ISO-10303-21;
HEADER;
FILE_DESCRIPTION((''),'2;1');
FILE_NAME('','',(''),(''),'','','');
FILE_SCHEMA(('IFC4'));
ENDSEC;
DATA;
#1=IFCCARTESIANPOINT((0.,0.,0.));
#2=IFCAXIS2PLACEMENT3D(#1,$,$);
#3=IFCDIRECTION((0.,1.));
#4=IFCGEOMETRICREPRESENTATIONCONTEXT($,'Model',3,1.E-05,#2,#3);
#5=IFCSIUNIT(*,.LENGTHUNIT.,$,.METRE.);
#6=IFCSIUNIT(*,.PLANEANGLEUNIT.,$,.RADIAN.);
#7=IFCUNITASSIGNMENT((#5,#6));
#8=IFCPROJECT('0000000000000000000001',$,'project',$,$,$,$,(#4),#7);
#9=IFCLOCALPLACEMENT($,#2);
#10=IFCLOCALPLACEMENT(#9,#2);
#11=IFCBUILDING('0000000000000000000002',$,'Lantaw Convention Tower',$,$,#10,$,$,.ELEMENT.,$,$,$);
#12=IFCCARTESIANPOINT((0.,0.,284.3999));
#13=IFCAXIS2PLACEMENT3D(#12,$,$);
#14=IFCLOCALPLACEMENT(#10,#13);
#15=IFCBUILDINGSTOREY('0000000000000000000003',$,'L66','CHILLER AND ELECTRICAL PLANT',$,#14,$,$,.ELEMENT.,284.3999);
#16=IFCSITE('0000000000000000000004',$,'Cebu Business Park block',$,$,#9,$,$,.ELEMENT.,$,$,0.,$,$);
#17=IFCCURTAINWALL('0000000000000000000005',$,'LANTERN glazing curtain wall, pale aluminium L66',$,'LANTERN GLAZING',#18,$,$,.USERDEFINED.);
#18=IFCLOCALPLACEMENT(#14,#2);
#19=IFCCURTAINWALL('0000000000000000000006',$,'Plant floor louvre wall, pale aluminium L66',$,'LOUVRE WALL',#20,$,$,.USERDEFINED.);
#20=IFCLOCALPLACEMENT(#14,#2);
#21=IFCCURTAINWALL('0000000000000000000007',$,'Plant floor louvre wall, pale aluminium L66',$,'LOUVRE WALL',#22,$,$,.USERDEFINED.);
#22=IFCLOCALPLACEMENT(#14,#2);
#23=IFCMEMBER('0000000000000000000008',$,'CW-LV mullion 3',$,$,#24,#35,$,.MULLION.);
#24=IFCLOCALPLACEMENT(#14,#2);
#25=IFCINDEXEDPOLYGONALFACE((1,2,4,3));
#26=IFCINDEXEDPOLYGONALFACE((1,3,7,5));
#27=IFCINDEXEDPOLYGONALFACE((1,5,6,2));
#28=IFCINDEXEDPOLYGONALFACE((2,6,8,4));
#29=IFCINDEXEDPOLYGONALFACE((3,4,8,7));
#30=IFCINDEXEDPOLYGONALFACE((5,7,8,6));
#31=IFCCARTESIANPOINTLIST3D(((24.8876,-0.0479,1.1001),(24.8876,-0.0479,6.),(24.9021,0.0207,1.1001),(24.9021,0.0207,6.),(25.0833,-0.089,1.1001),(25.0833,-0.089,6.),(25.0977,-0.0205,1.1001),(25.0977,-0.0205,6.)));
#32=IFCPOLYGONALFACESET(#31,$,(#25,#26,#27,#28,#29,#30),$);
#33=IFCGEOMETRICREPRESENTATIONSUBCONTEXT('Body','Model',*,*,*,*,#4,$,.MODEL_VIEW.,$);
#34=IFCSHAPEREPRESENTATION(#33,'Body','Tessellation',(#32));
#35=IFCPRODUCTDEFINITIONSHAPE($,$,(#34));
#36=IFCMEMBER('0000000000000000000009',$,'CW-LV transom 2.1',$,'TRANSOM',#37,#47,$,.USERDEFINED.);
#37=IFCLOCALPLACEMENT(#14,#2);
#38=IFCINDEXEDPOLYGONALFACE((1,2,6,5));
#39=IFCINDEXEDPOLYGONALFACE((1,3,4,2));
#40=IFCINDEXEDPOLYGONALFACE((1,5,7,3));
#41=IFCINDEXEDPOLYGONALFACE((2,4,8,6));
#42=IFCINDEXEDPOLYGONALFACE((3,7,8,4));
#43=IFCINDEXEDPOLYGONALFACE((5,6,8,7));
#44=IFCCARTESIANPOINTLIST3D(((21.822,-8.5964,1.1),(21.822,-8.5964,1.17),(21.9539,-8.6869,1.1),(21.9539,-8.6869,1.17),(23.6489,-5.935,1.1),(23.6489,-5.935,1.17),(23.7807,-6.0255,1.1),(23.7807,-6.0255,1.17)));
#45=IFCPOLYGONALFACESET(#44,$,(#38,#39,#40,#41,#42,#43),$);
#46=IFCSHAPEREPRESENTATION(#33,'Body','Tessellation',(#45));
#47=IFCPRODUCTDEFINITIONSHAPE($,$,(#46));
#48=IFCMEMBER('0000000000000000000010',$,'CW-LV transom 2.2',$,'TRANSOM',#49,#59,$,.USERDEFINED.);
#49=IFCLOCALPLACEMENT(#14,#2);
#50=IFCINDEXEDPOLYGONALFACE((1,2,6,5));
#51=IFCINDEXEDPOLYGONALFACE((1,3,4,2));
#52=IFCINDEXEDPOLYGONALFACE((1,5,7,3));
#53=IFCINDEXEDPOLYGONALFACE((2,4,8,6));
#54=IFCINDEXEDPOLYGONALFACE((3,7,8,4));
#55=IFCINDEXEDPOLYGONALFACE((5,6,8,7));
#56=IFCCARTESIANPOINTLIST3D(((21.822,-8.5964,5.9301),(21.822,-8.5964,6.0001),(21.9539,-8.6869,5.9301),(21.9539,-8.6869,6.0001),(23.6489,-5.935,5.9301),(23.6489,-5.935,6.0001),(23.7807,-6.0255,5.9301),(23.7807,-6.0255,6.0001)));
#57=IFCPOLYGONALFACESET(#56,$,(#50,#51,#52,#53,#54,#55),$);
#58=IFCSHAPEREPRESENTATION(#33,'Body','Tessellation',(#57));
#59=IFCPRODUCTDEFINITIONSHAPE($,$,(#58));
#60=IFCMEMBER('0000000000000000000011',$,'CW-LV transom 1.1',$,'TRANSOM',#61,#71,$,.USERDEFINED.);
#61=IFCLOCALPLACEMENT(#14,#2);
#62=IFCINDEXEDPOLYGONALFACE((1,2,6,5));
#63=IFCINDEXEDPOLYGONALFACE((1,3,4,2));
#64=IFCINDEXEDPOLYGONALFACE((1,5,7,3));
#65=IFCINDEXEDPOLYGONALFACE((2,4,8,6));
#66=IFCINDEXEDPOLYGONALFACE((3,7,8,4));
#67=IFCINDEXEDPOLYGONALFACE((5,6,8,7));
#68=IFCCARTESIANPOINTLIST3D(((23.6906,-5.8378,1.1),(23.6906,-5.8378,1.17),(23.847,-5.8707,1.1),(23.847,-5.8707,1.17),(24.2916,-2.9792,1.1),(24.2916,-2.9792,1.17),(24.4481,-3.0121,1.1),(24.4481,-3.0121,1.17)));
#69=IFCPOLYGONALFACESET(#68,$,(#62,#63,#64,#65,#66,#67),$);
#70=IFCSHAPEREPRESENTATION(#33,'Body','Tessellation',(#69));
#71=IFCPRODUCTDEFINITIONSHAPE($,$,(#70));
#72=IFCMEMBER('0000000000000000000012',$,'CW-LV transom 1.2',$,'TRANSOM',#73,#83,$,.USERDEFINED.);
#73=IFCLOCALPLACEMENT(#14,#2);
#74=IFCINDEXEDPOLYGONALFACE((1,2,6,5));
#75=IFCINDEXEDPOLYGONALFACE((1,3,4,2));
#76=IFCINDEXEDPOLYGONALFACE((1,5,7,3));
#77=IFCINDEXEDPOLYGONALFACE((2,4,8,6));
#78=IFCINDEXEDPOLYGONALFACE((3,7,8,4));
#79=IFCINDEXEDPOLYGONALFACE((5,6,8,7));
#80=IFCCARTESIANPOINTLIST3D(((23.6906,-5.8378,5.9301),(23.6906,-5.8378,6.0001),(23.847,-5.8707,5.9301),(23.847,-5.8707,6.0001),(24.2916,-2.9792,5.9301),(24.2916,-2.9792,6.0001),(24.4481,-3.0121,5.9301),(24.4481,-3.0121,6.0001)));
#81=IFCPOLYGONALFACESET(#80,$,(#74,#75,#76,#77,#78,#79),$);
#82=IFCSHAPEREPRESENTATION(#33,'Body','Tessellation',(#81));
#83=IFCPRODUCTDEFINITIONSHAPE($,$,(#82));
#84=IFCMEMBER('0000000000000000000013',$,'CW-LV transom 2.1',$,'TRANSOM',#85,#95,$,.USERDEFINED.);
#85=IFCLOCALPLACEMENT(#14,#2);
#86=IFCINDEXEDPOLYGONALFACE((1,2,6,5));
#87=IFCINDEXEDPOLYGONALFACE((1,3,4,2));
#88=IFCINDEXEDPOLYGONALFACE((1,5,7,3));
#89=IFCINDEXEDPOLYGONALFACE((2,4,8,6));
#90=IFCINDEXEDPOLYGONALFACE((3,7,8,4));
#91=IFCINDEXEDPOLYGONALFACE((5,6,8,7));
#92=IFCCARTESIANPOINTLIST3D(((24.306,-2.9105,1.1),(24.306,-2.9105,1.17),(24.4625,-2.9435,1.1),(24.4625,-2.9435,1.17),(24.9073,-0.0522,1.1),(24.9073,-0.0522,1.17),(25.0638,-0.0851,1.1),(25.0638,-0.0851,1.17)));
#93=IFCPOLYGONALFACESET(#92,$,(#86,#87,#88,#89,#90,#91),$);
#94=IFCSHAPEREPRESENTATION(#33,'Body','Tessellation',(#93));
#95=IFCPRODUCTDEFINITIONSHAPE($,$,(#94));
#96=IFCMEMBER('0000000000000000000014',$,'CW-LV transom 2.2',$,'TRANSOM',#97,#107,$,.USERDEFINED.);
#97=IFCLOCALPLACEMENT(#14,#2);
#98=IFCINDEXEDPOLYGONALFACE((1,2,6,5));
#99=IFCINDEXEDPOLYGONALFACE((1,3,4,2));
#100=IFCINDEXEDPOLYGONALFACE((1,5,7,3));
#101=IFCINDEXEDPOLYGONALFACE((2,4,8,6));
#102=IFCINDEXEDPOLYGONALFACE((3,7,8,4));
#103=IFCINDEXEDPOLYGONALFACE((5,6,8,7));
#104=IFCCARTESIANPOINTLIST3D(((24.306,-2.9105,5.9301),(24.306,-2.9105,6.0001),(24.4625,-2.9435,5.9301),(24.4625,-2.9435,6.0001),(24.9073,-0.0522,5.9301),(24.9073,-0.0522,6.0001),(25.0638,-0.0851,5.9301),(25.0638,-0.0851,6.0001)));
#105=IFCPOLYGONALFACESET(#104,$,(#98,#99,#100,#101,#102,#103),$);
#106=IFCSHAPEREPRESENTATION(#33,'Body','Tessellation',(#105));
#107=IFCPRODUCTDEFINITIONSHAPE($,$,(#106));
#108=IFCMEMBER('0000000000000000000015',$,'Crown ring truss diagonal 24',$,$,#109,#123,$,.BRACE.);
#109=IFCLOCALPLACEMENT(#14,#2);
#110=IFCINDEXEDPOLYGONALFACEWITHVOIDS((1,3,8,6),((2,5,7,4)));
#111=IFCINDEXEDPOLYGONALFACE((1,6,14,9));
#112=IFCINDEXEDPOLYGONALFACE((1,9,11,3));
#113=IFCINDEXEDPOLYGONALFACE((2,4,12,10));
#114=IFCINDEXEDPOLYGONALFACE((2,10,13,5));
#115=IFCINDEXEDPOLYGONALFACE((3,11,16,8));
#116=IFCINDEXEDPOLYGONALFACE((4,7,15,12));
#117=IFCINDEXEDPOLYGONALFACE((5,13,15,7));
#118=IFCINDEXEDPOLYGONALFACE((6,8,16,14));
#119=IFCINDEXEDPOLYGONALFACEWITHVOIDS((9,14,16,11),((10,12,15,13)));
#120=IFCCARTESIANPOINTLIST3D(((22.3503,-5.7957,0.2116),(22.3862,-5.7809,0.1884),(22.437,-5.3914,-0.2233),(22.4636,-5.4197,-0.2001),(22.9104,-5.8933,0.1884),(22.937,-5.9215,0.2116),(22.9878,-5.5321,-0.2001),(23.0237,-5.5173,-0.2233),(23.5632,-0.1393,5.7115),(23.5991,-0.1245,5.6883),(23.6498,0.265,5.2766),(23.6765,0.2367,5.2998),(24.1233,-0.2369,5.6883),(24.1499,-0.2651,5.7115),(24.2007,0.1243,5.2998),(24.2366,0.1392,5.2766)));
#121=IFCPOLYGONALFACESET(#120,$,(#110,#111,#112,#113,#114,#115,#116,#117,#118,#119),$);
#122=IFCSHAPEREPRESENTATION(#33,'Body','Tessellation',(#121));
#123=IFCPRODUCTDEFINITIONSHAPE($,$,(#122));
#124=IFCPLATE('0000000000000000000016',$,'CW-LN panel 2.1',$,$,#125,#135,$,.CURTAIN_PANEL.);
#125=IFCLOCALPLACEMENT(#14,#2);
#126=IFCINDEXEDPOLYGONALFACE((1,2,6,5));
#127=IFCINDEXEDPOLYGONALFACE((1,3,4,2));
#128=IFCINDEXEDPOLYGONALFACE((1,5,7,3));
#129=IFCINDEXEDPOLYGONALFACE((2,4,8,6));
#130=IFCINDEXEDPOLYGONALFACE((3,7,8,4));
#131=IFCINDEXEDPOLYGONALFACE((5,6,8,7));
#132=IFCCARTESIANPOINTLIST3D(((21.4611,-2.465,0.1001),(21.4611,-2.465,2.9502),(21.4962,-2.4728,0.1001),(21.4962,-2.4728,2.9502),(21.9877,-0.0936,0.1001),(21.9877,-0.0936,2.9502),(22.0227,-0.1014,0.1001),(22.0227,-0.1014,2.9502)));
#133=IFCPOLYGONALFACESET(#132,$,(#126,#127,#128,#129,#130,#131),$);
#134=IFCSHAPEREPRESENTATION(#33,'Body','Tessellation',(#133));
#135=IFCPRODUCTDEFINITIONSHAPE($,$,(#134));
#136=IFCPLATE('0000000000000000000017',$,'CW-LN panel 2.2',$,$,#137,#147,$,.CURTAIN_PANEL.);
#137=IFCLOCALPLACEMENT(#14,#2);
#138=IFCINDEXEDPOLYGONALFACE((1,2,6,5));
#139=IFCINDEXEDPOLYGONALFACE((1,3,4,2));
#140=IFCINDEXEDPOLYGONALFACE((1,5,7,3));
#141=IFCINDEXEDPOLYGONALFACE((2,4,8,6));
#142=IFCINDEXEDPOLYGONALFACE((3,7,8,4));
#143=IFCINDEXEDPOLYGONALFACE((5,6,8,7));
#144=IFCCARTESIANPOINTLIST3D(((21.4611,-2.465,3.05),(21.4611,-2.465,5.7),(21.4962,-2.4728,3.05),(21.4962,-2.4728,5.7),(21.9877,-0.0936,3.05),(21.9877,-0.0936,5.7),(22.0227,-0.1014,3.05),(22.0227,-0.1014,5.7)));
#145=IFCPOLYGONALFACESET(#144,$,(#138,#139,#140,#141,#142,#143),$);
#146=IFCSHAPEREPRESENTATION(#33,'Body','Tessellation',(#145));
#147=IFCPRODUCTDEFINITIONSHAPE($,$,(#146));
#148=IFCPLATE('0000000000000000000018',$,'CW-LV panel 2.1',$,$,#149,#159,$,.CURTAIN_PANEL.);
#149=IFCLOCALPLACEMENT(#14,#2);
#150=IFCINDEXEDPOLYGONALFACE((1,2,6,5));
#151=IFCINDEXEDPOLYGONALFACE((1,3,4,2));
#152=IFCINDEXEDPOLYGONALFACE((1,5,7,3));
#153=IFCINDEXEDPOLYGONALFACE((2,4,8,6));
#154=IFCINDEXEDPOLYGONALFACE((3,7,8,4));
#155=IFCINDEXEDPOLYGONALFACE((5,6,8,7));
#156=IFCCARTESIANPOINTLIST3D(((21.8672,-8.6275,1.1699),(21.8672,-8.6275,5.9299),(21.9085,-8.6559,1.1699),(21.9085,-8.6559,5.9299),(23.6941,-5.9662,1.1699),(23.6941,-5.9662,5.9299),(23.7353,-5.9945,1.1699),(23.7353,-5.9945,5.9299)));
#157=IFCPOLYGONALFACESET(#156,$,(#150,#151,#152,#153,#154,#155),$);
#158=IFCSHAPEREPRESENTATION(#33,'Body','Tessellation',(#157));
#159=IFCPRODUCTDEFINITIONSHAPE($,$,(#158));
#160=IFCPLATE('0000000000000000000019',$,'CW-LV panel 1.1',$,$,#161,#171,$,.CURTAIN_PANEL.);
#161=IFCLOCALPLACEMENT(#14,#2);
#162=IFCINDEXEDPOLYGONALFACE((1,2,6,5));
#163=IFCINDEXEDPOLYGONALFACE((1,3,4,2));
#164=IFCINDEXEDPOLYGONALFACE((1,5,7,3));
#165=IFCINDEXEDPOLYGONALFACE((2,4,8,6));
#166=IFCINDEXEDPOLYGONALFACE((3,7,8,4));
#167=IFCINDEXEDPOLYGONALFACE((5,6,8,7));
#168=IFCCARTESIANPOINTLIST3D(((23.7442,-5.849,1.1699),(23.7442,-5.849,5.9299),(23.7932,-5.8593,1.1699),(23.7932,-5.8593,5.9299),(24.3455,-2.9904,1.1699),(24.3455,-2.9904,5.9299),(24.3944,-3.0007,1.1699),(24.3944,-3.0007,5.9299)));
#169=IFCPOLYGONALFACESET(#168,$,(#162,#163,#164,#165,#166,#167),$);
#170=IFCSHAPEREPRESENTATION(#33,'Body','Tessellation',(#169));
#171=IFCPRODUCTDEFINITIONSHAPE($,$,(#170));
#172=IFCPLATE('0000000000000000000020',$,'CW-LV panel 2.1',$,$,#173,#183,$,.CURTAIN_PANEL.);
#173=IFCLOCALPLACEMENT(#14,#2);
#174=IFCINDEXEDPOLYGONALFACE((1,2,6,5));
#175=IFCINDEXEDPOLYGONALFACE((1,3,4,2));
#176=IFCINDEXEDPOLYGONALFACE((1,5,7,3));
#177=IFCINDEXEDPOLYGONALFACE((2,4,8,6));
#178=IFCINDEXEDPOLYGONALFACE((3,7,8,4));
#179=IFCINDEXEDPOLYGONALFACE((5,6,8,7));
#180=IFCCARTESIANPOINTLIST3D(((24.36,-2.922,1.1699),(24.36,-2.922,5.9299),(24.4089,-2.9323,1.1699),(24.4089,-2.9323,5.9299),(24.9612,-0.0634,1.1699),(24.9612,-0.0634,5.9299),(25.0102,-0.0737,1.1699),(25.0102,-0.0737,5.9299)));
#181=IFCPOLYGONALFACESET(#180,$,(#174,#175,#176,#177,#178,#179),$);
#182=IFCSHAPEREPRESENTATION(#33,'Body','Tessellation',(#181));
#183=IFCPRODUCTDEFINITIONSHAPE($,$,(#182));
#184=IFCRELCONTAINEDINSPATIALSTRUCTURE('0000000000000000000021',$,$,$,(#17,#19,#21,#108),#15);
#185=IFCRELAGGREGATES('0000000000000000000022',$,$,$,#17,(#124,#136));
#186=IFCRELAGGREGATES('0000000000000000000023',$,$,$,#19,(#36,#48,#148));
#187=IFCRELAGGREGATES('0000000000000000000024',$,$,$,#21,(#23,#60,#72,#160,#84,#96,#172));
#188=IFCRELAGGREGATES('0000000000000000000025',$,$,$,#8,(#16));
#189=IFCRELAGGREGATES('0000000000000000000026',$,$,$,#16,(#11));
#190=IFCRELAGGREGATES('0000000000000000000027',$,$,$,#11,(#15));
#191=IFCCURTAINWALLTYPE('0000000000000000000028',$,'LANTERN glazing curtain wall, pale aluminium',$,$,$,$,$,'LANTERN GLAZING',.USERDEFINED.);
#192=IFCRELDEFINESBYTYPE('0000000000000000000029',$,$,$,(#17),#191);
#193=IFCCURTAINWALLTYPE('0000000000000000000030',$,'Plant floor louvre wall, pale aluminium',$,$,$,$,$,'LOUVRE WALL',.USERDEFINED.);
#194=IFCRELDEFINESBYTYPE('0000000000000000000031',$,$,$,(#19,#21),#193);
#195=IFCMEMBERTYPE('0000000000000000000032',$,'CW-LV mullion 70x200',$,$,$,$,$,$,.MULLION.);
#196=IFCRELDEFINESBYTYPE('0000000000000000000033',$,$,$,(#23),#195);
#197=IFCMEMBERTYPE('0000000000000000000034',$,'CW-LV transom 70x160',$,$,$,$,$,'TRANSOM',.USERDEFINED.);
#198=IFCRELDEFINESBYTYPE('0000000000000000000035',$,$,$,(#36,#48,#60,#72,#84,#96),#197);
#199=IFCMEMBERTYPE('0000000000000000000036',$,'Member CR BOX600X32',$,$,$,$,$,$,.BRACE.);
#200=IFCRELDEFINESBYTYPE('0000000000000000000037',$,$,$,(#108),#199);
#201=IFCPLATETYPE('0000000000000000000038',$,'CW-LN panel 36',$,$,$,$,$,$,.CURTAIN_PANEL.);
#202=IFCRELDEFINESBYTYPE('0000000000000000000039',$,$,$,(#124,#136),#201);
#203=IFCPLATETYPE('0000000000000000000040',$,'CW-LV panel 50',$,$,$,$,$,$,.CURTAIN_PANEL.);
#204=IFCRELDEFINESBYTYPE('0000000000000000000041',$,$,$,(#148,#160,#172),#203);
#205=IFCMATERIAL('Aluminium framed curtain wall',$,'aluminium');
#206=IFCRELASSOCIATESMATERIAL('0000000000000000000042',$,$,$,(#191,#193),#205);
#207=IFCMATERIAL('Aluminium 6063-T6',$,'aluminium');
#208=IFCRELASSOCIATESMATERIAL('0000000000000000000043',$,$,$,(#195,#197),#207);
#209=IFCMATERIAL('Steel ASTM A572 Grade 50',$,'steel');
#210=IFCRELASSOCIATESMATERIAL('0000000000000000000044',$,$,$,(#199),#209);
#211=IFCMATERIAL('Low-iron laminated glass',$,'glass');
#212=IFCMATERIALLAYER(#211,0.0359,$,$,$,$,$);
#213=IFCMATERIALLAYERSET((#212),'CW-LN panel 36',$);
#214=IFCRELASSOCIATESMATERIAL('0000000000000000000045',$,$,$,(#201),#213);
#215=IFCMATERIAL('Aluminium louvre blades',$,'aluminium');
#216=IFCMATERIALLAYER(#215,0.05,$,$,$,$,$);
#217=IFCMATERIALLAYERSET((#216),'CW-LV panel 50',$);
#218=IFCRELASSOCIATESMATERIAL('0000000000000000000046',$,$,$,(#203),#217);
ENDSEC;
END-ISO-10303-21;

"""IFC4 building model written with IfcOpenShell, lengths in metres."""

from ifc_helpers import new_model, si_unit, direction, frame, origin, origin_2d, place, context, subcontext, project, spatial, rectangle, hollow_rectangle, extrude, material, layer, layer_set, material_profile, profile_set, type_object, element, aggregate, save


model = new_model("IFC4")

# Units and contexts
model_context = context("Model", 3, precision=1e-05, world=origin(), true_north=direction((0.0, 1.0)))
body_context = subcontext(model_context, "Body", "Model", "MODEL_VIEW")
ifc_project = project(units=[si_unit("LENGTHUNIT", "METRE"), si_unit("PLANEANGLEUNIT", "RADIAN")], contexts=[model_context])

# Site, building, storey
site_placement = place(None, origin())
site = spatial("IfcSite", under=ifc_project, at=site_placement, Name="Cebu Business Park block", CompositionType="ELEMENT", RefElevation=0.0)
building_placement = place(site_placement, origin())
building = spatial("IfcBuilding", under=site, at=building_placement, Name="Lantaw Convention Tower", CompositionType="ELEMENT")
storey_placement = place(building_placement, frame((0.0, 0.0, 284.3999)))
storey = spatial("IfcBuildingStorey", under=building, at=storey_placement, Name="L66", Description="CHILLER AND ELECTRICAL PLANT", CompositionType="ELEMENT", Elevation=284.3999)

# Shared definitions
ifc_material_1 = material(Name="Steel ASTM A572 Grade 50", Category="steel")

# Curtain wall
ifc_material_2 = material(Name="Aluminium framed curtain wall", Category="aluminium")
curtain_wall_type_1 = type_object("IfcCurtainWallType", Name="LANTERN glazing curtain wall, pale aluminium", ElementType="LANTERN GLAZING", PredefinedType="USERDEFINED", material=ifc_material_2)
curtain_wall_1_placement = place(storey_placement, origin())
curtain_wall_1 = element("IfcCurtainWall", 1, at=curtain_wall_1_placement, inside=storey, type_object=curtain_wall_type_1, Name="LANTERN glazing curtain wall, pale aluminium L66", ObjectType="LANTERN GLAZING", PredefinedType="USERDEFINED")
ifc_material_3 = material(Name="Aluminium 6063-T6", Category="aluminium")

# Curtain wall
curtain_wall_type_2 = type_object("IfcCurtainWallType", Name="Plant floor louvre wall, pale aluminium", ElementType="LOUVRE WALL", PredefinedType="USERDEFINED", material=ifc_material_2)
curtain_wall_2_placement = place(storey_placement, origin())
curtain_wall_2 = element("IfcCurtainWall", 2, at=curtain_wall_2_placement, inside=storey, type_object=curtain_wall_type_2, Name="Plant floor louvre wall, pale aluminium L66", ObjectType="LOUVRE WALL", PredefinedType="USERDEFINED")
ifc_material_profile_1 = material_profile(ifc_material_3, rectangle(XDim=0.2, YDim=0.0701, at=origin_2d()), Name="CW-LV mullion 70x200")
ifc_profile_set_1 = profile_set([ifc_material_profile_1], Name="Aluminium 6063-T6")
member_type_1 = type_object("IfcMemberType", Name="CW-LV mullion 70x200", PredefinedType="MULLION", material=ifc_profile_set_1)

# Curtain wall, member
curtain_wall_3_placement = place(storey_placement, origin())
curtain_wall_3 = element("IfcCurtainWall", 3, at=curtain_wall_3_placement, inside=storey, type_object=curtain_wall_type_2, Name="Plant floor louvre wall, pale aluminium L66", ObjectType="LOUVRE WALL", PredefinedType="USERDEFINED")
member_1_placement = place(storey_placement, frame((24.9927, -0.0342, 1.1001), z_axis=(0.0, 0.0, 1.0), x_axis=(-0.978591, 0.205814, 0.0)))
member_1 = element("IfcMember", 4, at=member_1_placement, type_object=member_type_1, Name="CW-LV mullion 3", PredefinedType="MULLION", context=body_context, shape_type="SweptSolid", body=[
    extrude(rectangle(XDim=0.2, YDim=0.0701, at=origin_2d()), origin(), (0.0, 0.0, 1.0), 4.8999),
])

# Members
ifc_material_profile_2 = material_profile(ifc_material_3, rectangle(XDim=0.1599, YDim=0.0701, at=origin_2d()), Name="CW-LV transom 70x160")
ifc_profile_set_2 = profile_set([ifc_material_profile_2], Name="Aluminium 6063-T6")
member_type_2 = type_object("IfcMemberType", Name="CW-LV transom 70x160", ElementType="TRANSOM", PredefinedType="USERDEFINED", material=ifc_profile_set_2)
member_2_placement = place(storey_placement, frame((21.8879, -8.6416, 1.135), z_axis=(0.565941, 0.824446, 0.0), x_axis=(-0.824446, 0.565941, 0.0)))
member_2 = element("IfcMember", 5, at=member_2_placement, type_object=member_type_2, Name="CW-LV transom 2.1", ObjectType="TRANSOM", PredefinedType="USERDEFINED", context=body_context, shape_type="SweptSolid", body=[
    extrude(rectangle(XDim=0.1599, YDim=0.0701, at=origin_2d()), origin(), (0.0, 0.0, 1.0), 3.228),
])
member_3_placement = place(storey_placement, frame((21.8879, -8.6416, 5.9651), z_axis=(0.565941, 0.824446, 0.0), x_axis=(-0.824446, 0.565941, 0.0)))
member_3 = element("IfcMember", 6, at=member_3_placement, type_object=member_type_2, Name="CW-LV transom 2.2", ObjectType="TRANSOM", PredefinedType="USERDEFINED", context=body_context, shape_type="SweptSolid", body=[
    extrude(rectangle(XDim=0.1599, YDim=0.0701, at=origin_2d()), origin(), (0.0, 0.0, 1.0), 3.228),
])
member_4_placement = place(storey_placement, frame((23.7688, -5.8542, 1.135), z_axis=(0.205766, 0.978601, 0.0), x_axis=(-0.978601, 0.205766, 0.0)))
member_4 = element("IfcMember", 7, at=member_4_placement, type_object=member_type_2, Name="CW-LV transom 1.1", ObjectType="TRANSOM", PredefinedType="USERDEFINED", context=body_context, shape_type="SweptSolid", body=[
    extrude(rectangle(XDim=0.1599, YDim=0.0701, at=origin_2d()), origin(), (0.0, 0.0, 1.0), 2.9211),
])
member_5_placement = place(storey_placement, frame((23.7688, -5.8542, 5.9651), z_axis=(0.205766, 0.978601, 0.0), x_axis=(-0.978601, 0.205766, 0.0)))
member_5 = element("IfcMember", 8, at=member_5_placement, type_object=member_type_2, Name="CW-LV transom 1.2", ObjectType="TRANSOM", PredefinedType="USERDEFINED", context=body_context, shape_type="SweptSolid", body=[
    extrude(rectangle(XDim=0.1599, YDim=0.0701, at=origin_2d()), origin(), (0.0, 0.0, 1.0), 2.9211),
])
member_6_placement = place(storey_placement, frame((24.3843, -2.927, 1.135), z_axis=(0.205863, 0.978581, 0.0), x_axis=(-0.978581, 0.205863, 0.0)))
member_6 = element("IfcMember", 9, at=member_6_placement, type_object=member_type_2, Name="CW-LV transom 2.1", ObjectType="TRANSOM", PredefinedType="USERDEFINED", context=body_context, shape_type="SweptSolid", body=[
    extrude(rectangle(XDim=0.1599, YDim=0.0701, at=origin_2d()), origin(), (0.0, 0.0, 1.0), 2.9209),
])
member_7_placement = place(storey_placement, frame((24.3843, -2.927, 5.9651), z_axis=(0.205863, 0.978581, 0.0), x_axis=(-0.978581, 0.205863, 0.0)))
member_7 = element("IfcMember", 10, at=member_7_placement, type_object=member_type_2, Name="CW-LV transom 2.2", ObjectType="TRANSOM", PredefinedType="USERDEFINED", context=body_context, shape_type="SweptSolid", body=[
    extrude(rectangle(XDim=0.1599, YDim=0.0701, at=origin_2d()), origin(), (0.0, 0.0, 1.0), 2.9209),
])
ifc_material_profile_3 = material_profile(ifc_material_1, hollow_rectangle(XDim=0.6001, YDim=0.6001, WallThickness=0.032, at=origin_2d()), Name="BOX600X32")
ifc_profile_set_3 = profile_set([ifc_material_profile_3], Name="Steel ASTM A572 Grade 50")
member_type_3 = type_object("IfcMemberType", Name="Member CR BOX600X32", PredefinedType="BRACE", material=ifc_profile_set_3)
member_8_placement = place(storey_placement, frame((22.687, -5.6565, -0.0059), z_axis=(0.151948, 0.70863, 0.689025), x_axis=(-0.977775, 0.209659, 0.0)))
element("IfcMember", 11, at=member_8_placement, inside=storey, type_object=member_type_3, Name="Crown ring truss diagonal 24", PredefinedType="BRACE", context=body_context, shape_type="SweptSolid", body=[
    extrude(hollow_rectangle(XDim=0.6001, YDim=0.6001, WallThickness=0.032, at=origin_2d()), origin(), (0.0, 0.0, 1.0), 7.9822),
])

# Plates
ifc_material_4 = material(Name="Low-iron laminated glass", Category="glass")
ifc_layer_1 = layer(ifc_material_4, 0.0359)
ifc_layer_set_1 = layer_set([ifc_layer_1], Name="CW-LN panel 36")
plate_type_1 = type_object("IfcPlateType", Name="CW-LN panel 36", PredefinedType="CURTAIN_PANEL", material=ifc_layer_set_1)
plate_1_placement = place(storey_placement, frame((21.7419, -1.2832, 0.1001), z_axis=(0.0, 0.0, 1.0), x_axis=(0.216765, 0.976224, 0.0)))
plate_1 = element("IfcPlate", 12, at=plate_1_placement, type_object=plate_type_1, Name="CW-LN panel 2.1", PredefinedType="CURTAIN_PANEL", context=body_context, shape_type="SweptSolid", body=[
    extrude(rectangle(XDim=2.4292, YDim=0.0359, at=origin_2d()), origin(), (0.0, 0.0, 1.0), 2.8501),
])
plate_2_placement = place(storey_placement, frame((21.7419, -1.2832, 3.05), z_axis=(0.0, 0.0, 1.0), x_axis=(0.216765, 0.976224, 0.0)))
plate_2 = element("IfcPlate", 13, at=plate_2_placement, type_object=plate_type_1, Name="CW-LN panel 2.2", PredefinedType="CURTAIN_PANEL", context=body_context, shape_type="SweptSolid", body=[
    extrude(rectangle(XDim=2.4292, YDim=0.0359, at=origin_2d()), origin(), (0.0, 0.0, 1.0), 2.6499),
])
aggregate(curtain_wall_1, [plate_1, plate_2])
ifc_material_5 = material(Name="Aluminium louvre blades", Category="aluminium")
ifc_layer_2 = layer(ifc_material_5, 0.05)
ifc_layer_set_2 = layer_set([ifc_layer_2], Name="CW-LV panel 50")
plate_type_2 = type_object("IfcPlateType", Name="CW-LV panel 50", PredefinedType="CURTAIN_PANEL", material=ifc_layer_set_2)
plate_3_placement = place(storey_placement, frame((22.8013, -7.311, 1.1699), z_axis=(0.0, 0.0, 1.0), x_axis=(0.565935, 0.82445, 0.0)))
plate_3 = element("IfcPlate", 14, at=plate_3_placement, type_object=plate_type_2, Name="CW-LV panel 2.1", PredefinedType="CURTAIN_PANEL", context=body_context, shape_type="SweptSolid", body=[
    extrude(rectangle(XDim=3.228, YDim=0.05, at=origin_2d()), origin(), (0.0, 0.0, 1.0), 4.76),
])
aggregate(curtain_wall_2, [member_2, member_3, plate_3])
plate_4_placement = place(storey_placement, frame((24.0693, -4.4248, 1.1699), z_axis=(0.0, 0.0, 1.0), x_axis=(0.205814, 0.978591, 0.0)))
plate_4 = element("IfcPlate", 15, at=plate_4_placement, type_object=plate_type_2, Name="CW-LV panel 1.1", PredefinedType="CURTAIN_PANEL", context=body_context, shape_type="SweptSolid", body=[
    extrude(rectangle(XDim=2.9211, YDim=0.05, at=origin_2d()), origin(), (0.0, 0.0, 1.0), 4.76),
])
plate_5_placement = place(storey_placement, frame((24.6851, -1.4978, 1.1699), z_axis=(0.0, 0.0, 1.0), x_axis=(0.205814, 0.978591, 0.0)))
plate_5 = element("IfcPlate", 16, at=plate_5_placement, type_object=plate_type_2, Name="CW-LV panel 2.1", PredefinedType="CURTAIN_PANEL", context=body_context, shape_type="SweptSolid", body=[
    extrude(rectangle(XDim=2.9211, YDim=0.05, at=origin_2d()), origin(), (0.0, 0.0, 1.0), 4.76),
])
aggregate(curtain_wall_3, [member_1, member_4, member_5, plate_4, member_6, member_7, plate_5])

save(model, "model.ifc")
